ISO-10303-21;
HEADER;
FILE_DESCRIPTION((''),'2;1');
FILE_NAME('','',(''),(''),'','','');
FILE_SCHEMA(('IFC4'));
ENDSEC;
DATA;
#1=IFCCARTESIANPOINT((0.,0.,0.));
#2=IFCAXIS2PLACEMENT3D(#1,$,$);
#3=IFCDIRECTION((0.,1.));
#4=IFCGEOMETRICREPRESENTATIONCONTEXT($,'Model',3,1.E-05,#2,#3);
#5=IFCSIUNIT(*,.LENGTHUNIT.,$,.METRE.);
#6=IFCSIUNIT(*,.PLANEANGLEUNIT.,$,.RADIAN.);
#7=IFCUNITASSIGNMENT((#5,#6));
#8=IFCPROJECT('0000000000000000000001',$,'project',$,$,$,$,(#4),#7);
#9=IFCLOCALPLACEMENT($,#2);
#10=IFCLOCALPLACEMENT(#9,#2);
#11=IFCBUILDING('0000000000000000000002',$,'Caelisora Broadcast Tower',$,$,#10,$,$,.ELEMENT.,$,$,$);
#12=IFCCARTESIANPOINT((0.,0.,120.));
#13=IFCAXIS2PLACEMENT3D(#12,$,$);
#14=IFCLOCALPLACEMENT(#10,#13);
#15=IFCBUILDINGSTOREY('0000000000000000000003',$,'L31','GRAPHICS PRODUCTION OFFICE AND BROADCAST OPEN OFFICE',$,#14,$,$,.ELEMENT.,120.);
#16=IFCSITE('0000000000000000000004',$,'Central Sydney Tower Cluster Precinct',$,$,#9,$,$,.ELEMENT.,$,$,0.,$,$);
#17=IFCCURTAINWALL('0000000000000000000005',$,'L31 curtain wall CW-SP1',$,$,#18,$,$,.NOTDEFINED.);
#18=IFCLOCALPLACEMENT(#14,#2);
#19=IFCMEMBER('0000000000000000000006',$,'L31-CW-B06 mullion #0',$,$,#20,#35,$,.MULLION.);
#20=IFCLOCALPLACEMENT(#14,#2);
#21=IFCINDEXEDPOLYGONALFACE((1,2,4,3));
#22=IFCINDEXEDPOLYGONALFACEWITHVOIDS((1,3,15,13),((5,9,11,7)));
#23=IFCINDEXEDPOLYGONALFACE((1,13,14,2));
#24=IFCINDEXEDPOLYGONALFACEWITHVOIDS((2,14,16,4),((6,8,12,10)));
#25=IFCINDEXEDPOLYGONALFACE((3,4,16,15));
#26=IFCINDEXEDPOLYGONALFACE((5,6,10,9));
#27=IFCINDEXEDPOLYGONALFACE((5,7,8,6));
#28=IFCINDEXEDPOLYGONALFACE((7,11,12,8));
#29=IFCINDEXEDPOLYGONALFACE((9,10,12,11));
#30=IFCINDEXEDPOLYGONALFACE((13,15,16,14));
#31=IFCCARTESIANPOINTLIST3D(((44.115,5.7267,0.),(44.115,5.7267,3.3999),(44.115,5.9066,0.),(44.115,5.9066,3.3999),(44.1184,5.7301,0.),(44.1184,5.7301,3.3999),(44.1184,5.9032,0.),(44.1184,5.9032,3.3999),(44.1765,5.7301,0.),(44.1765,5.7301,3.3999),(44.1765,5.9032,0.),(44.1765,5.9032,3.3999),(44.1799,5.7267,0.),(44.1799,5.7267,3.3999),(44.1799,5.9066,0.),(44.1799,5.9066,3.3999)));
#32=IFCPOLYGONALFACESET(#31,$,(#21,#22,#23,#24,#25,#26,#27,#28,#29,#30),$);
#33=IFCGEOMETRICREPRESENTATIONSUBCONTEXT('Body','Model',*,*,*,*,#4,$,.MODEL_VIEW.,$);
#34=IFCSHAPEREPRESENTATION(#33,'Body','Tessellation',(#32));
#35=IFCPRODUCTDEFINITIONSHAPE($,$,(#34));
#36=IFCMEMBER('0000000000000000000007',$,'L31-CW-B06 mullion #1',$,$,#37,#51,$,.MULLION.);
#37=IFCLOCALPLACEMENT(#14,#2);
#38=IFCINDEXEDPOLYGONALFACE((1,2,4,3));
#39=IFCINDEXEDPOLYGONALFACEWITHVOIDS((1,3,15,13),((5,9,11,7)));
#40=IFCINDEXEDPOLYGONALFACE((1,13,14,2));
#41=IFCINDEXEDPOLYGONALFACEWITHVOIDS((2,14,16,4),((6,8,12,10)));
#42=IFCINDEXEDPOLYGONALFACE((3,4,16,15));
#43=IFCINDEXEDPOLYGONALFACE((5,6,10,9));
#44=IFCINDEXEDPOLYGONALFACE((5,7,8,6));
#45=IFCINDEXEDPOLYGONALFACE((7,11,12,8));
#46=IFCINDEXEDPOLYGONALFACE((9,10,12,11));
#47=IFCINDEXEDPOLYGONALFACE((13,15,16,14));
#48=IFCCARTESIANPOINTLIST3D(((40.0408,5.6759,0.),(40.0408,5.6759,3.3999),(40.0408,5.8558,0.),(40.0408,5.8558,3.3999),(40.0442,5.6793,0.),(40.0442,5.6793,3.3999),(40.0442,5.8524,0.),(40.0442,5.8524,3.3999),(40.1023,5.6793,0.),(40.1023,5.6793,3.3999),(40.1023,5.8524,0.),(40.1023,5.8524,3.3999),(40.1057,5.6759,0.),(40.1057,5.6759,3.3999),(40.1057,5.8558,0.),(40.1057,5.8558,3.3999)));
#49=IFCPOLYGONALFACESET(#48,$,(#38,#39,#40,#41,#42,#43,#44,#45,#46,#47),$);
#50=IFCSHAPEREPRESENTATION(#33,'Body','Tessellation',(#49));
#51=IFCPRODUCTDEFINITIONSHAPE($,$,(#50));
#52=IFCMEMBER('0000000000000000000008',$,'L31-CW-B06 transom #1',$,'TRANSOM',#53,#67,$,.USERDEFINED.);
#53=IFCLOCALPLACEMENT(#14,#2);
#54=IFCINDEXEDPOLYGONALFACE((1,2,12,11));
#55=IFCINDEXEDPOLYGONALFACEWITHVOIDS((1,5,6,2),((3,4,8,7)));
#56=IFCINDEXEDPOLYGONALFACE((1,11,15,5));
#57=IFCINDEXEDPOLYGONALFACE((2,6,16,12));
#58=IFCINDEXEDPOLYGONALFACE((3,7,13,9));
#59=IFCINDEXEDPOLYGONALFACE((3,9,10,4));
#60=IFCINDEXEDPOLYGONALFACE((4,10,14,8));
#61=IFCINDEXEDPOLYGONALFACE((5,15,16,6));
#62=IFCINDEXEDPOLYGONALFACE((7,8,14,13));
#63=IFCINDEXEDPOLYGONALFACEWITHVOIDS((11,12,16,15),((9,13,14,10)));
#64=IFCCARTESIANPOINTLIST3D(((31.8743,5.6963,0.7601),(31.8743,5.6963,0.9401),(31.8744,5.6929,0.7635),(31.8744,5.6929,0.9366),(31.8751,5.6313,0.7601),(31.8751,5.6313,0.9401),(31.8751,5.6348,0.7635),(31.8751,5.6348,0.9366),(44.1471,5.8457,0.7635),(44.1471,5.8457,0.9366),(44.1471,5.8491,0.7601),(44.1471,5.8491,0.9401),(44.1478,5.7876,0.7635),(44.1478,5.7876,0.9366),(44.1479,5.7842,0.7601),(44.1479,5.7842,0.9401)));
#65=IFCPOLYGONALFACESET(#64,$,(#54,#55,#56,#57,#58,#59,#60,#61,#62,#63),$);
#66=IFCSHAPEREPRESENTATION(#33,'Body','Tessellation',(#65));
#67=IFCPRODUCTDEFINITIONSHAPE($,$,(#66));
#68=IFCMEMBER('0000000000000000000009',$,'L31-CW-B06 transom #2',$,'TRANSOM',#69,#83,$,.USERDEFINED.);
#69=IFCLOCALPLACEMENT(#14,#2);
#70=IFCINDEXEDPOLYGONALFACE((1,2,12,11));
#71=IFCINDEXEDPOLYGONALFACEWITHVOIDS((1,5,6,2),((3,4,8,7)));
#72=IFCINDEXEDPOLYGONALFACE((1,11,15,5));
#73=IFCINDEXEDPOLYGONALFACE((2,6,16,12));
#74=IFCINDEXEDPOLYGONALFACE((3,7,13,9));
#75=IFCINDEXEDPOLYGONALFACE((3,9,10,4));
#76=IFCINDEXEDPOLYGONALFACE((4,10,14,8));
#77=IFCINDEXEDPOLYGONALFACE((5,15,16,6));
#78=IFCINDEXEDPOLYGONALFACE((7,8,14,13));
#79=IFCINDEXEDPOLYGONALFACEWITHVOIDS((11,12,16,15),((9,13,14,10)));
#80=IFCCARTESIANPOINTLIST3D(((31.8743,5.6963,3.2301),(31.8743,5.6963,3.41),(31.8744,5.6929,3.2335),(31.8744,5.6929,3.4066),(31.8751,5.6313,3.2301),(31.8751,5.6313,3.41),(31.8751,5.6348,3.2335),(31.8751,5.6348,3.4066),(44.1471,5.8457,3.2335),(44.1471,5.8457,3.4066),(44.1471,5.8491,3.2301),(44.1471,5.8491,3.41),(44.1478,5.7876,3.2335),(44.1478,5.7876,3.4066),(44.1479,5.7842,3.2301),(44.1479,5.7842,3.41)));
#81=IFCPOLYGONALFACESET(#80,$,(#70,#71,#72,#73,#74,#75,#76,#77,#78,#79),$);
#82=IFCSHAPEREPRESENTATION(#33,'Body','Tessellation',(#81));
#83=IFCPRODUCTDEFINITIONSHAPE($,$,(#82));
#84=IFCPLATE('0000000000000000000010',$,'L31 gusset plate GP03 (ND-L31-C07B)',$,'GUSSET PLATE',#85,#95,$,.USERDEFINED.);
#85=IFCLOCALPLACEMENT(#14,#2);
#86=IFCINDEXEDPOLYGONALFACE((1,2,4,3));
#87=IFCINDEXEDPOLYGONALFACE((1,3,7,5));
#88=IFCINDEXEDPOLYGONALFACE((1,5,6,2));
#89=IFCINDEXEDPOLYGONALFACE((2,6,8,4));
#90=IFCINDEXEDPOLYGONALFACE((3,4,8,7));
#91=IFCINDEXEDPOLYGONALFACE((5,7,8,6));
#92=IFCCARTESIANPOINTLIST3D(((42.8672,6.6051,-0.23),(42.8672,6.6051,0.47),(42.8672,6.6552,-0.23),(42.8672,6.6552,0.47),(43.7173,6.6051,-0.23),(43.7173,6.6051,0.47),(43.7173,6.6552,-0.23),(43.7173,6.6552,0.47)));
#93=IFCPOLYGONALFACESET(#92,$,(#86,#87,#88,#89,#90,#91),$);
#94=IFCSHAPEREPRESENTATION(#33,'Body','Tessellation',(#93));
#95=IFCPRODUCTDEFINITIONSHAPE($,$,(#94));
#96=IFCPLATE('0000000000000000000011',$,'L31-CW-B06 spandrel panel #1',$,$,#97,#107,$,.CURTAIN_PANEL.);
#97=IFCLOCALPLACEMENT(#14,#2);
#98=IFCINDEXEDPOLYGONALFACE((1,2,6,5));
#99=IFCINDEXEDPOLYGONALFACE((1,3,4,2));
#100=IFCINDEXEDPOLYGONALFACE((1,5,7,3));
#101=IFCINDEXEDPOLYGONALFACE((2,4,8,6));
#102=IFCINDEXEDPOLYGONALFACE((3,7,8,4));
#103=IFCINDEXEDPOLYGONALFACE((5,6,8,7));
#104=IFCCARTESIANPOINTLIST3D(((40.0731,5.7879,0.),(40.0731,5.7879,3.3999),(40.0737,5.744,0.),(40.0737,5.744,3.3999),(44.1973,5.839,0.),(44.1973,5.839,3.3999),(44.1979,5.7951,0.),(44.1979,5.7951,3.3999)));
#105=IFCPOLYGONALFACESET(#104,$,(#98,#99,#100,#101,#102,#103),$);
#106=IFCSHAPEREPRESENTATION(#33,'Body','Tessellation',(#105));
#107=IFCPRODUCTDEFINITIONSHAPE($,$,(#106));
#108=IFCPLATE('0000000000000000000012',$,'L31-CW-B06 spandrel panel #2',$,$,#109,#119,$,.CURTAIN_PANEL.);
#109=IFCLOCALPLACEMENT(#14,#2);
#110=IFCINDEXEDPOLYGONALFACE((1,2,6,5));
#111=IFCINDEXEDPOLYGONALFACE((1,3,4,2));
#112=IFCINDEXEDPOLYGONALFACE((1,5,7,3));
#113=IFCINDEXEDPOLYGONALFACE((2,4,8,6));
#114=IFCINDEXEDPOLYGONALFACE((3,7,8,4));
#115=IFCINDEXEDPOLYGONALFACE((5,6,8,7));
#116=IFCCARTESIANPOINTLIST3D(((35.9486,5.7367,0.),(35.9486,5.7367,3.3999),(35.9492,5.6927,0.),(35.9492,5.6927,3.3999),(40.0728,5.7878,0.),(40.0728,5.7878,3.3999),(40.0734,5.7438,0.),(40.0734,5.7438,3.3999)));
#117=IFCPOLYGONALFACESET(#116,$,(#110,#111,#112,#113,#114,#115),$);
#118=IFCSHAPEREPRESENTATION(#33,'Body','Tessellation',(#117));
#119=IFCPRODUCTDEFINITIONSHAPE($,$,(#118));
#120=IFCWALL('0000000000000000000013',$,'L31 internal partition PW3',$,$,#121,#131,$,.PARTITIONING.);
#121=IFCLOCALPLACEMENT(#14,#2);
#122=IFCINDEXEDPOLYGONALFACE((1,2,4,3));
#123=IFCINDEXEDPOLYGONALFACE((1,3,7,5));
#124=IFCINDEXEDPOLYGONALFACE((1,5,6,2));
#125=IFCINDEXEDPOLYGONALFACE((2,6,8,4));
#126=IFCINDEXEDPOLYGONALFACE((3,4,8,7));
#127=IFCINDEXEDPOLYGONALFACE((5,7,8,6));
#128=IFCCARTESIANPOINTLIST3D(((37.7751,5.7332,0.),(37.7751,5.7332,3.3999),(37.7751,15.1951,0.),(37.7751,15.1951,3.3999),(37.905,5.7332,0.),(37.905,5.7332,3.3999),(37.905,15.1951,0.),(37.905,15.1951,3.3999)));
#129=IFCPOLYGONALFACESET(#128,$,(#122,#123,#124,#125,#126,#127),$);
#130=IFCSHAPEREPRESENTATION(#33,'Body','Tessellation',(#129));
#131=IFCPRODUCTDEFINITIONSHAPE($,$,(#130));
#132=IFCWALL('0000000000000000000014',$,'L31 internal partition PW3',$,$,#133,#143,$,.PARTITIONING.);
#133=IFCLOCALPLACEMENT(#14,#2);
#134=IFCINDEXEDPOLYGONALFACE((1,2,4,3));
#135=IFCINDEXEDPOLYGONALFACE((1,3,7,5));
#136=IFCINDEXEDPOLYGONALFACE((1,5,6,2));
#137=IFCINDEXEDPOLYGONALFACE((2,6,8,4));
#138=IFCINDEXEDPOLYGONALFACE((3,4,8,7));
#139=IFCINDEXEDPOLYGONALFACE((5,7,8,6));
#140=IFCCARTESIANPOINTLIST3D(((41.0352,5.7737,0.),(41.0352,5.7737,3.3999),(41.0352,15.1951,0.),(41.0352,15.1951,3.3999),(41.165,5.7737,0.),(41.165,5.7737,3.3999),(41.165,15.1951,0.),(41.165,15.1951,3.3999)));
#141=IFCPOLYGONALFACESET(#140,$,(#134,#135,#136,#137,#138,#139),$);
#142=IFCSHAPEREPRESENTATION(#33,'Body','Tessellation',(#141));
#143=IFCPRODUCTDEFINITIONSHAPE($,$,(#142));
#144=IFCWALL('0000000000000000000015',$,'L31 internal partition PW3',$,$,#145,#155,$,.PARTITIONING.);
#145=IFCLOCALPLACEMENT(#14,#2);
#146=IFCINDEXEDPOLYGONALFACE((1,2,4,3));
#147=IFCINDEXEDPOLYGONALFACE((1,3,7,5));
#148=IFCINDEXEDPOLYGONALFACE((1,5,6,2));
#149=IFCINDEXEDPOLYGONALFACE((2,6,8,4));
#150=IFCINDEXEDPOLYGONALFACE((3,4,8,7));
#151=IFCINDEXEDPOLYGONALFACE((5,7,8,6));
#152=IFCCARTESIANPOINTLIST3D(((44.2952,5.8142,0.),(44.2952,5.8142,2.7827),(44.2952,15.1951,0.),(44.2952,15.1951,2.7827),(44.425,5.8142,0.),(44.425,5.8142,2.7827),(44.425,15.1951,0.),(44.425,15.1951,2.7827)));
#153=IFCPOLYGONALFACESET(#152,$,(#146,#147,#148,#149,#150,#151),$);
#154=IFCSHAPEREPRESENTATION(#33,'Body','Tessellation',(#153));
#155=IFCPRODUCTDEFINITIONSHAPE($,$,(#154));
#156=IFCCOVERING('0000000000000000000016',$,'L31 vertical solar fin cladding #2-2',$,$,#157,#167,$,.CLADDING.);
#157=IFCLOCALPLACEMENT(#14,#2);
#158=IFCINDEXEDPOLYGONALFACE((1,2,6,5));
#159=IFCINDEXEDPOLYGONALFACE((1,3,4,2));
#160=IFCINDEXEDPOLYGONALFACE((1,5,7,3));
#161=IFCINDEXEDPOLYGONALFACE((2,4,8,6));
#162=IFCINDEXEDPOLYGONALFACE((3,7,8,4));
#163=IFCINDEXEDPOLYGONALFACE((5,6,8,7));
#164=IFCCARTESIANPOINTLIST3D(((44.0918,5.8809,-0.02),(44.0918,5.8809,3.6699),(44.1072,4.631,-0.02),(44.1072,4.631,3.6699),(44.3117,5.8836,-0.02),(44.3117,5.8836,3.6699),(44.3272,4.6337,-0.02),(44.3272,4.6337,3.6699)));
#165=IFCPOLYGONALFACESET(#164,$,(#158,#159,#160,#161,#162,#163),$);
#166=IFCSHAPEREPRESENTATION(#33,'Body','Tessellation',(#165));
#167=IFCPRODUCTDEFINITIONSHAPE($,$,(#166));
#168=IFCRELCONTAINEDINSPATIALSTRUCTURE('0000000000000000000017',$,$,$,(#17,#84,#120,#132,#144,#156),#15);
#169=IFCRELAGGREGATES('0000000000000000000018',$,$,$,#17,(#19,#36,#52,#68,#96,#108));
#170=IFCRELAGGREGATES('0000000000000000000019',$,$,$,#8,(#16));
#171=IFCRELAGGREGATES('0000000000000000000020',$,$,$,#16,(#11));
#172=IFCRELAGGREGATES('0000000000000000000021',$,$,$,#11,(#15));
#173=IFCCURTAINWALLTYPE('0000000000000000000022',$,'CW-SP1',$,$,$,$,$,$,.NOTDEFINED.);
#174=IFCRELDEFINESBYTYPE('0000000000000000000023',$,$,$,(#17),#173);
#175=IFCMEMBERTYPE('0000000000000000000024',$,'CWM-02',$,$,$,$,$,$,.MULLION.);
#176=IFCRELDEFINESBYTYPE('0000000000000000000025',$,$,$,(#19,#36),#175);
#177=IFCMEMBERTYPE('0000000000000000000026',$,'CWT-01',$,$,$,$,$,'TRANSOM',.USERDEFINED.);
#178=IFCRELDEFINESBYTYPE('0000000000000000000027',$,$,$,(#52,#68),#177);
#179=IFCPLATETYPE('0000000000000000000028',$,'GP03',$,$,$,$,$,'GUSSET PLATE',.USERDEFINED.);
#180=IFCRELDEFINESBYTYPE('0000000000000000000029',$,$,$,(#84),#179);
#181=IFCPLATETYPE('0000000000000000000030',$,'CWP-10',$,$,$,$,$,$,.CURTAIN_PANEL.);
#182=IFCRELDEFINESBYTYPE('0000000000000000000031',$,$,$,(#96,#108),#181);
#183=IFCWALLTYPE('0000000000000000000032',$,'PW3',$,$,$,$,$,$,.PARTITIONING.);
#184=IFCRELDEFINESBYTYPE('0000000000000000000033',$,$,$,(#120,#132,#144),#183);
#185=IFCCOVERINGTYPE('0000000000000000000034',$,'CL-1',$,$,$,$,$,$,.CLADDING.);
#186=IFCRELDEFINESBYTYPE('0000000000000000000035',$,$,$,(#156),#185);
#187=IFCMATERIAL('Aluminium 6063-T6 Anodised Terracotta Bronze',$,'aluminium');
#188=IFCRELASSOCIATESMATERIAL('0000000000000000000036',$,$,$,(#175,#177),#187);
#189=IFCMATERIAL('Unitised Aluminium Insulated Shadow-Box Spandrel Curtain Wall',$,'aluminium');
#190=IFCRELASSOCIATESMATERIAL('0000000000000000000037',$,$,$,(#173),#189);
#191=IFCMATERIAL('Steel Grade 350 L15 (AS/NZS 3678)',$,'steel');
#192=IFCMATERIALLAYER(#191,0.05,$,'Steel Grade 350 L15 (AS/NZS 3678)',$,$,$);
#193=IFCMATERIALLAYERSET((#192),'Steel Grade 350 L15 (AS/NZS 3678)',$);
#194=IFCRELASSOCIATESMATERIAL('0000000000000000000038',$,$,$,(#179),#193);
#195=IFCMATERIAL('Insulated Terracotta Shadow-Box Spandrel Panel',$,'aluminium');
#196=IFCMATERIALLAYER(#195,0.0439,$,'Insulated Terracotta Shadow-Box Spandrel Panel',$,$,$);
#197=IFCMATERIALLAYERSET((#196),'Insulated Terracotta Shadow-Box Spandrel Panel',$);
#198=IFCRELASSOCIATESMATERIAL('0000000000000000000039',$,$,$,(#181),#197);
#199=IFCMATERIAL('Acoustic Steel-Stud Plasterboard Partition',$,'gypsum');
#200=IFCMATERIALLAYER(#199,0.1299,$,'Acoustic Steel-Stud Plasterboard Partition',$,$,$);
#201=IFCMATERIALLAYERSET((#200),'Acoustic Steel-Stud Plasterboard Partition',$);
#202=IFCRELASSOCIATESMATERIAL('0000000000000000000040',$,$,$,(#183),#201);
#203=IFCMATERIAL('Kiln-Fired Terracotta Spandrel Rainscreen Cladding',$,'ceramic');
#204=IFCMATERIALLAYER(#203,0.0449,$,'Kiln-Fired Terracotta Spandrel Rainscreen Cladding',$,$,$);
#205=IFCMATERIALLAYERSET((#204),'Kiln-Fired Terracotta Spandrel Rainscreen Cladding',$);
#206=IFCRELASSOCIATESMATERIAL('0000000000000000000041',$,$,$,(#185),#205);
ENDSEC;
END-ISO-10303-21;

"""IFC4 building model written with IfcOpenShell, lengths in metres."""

from ifc_helpers import new_model, si_unit, direction, frame, frame_2d, origin, origin_2d, place, context, subcontext, project, spatial, rectangle, hollow_rectangle, extrude, source, transform, mapped, material, layer, layer_set, material_profile, profile_set, type_object, type_shapes, element, aggregate, save


model = new_model("IFC4")

# Units and contexts
model_context = context("Model", 3, precision=1e-05, world=origin(), true_north=direction((0.0, 1.0)))
body_context = subcontext(model_context, "Body", "Model", "MODEL_VIEW")
ifc_project = project(units=[si_unit("LENGTHUNIT", "METRE"), si_unit("PLANEANGLEUNIT", "RADIAN")], contexts=[model_context])

# Site, building, storey
site_placement = place(None, origin())
site = spatial("IfcSite", under=ifc_project, at=site_placement, Name="Central Sydney Tower Cluster Precinct", CompositionType="ELEMENT", RefElevation=0.0)
building_placement = place(site_placement, origin())
building = spatial("IfcBuilding", under=site, at=building_placement, Name="Caelisora Broadcast Tower", CompositionType="ELEMENT")
storey_placement = place(building_placement, frame((0.0, 0.0, 120.0)))
storey = spatial("IfcBuildingStorey", under=building, at=storey_placement, Name="L31", Description="GRAPHICS PRODUCTION OFFICE AND BROADCAST OPEN OFFICE", CompositionType="ELEMENT", Elevation=120.0)

# Shared definitions
ifc_material_1 = material(Name="Steel Grade 350 L15 (AS/NZS 3678)", Category="steel")

# Shared definitions
ifc_material_2 = material(Name="Aluminium 6063-T6 Anodised Terracotta Bronze", Category="aluminium")
ifc_material_profile_1 = material_profile(ifc_material_2, hollow_rectangle(XDim=0.0649, YDim=0.1799, WallThickness=0.0034, at=origin_2d()), Name="Aluminium 6063-T6 Anodised Terracotta Bronze")
ifc_profile_set_1 = profile_set([ifc_material_profile_1], Name="Aluminium 6063-T6 Anodised Terracotta Bronze")
member_type_1 = type_object("IfcMemberType", Name="CWM-02", PredefinedType="MULLION", material=ifc_profile_set_1)
shared_shape_1 = source(origin(), body_context, "Body", "SweptSolid", [
    extrude(hollow_rectangle(XDim=0.0649, YDim=0.1799, WallThickness=0.0034, at=origin_2d()), origin(), (0.0, 0.0, 1.0), 3.3999),
])
type_shapes(member_type_1, [shared_shape_1])

# Curtain wall, members
ifc_material_3 = material(Name="Unitised Aluminium Insulated Shadow-Box Spandrel Curtain Wall", Category="aluminium")
curtain_wall_type_1 = type_object("IfcCurtainWallType", Name="CW-SP1", PredefinedType="NOTDEFINED", material=ifc_material_3)
curtain_wall_1_placement = place(storey_placement, origin())
curtain_wall_1 = element("IfcCurtainWall", 1, at=curtain_wall_1_placement, inside=storey, type_object=curtain_wall_type_1, Name="L31 curtain wall CW-SP1", PredefinedType="NOTDEFINED")
member_1_placement = place(storey_placement, frame((44.1475, 5.8167, 0.0), z_axis=(0.0, 0.0, 1.0), x_axis=(1.0, 0.0, 0.0)))
member_1 = element("IfcMember", 2, at=member_1_placement, type_object=member_type_1, Name="L31-CW-B06 mullion #0", PredefinedType="MULLION", context=body_context, shape_type="MappedRepresentation", body=[
    mapped(shared_shape_1, transform((0.0, 0.0, 0.0), scale=1.0)),
])
member_2_placement = place(storey_placement, frame((40.0732, 5.7659, 0.0), z_axis=(0.0, 0.0, 1.0), x_axis=(1.0, 0.0, 0.0)))
member_2 = element("IfcMember", 3, at=member_2_placement, type_object=member_type_1, Name="L31-CW-B06 mullion #1", PredefinedType="MULLION", context=body_context, shape_type="MappedRepresentation", body=[
    mapped(shared_shape_1, transform((0.0, 0.0, 0.0), scale=1.0)),
])
ifc_material_profile_2 = material_profile(ifc_material_2, hollow_rectangle(XDim=0.0649, YDim=0.1799, WallThickness=0.0034, at=origin_2d()), Name="Aluminium 6063-T6 Anodised Terracotta Bronze")
ifc_profile_set_2 = profile_set([ifc_material_profile_2], Name="Aluminium 6063-T6 Anodised Terracotta Bronze")
member_type_2 = type_object("IfcMemberType", Name="CWT-01", ElementType="TRANSOM", PredefinedType="USERDEFINED", material=ifc_profile_set_2)
shared_shape_2 = source(origin(), body_context, "Body", "SweptSolid", [
    extrude(hollow_rectangle(XDim=0.0649, YDim=0.1799, WallThickness=0.0034, at=origin_2d()), origin(), (0.0, 0.0, 1.0), 12.2737),
])
type_shapes(member_type_2, [shared_shape_2])
member_3_placement = place(storey_placement, frame((44.1475, 5.8167, 0.8501), z_axis=(-0.999922, -0.012452, 0.0), x_axis=(0.012452, -0.999922, 0.0)))
member_3 = element("IfcMember", 4, at=member_3_placement, type_object=member_type_2, Name="L31-CW-B06 transom #1", ObjectType="TRANSOM", PredefinedType="USERDEFINED", context=body_context, shape_type="MappedRepresentation", body=[
    mapped(shared_shape_2, transform((0.0, 0.0, 0.0), scale=1.0)),
])
member_4_placement = place(storey_placement, frame((44.1475, 5.8167, 3.3201), z_axis=(-0.999922, -0.012452, 0.0), x_axis=(0.012452, -0.999922, 0.0)))
member_4 = element("IfcMember", 5, at=member_4_placement, type_object=member_type_2, Name="L31-CW-B06 transom #2", ObjectType="TRANSOM", PredefinedType="USERDEFINED", context=body_context, shape_type="MappedRepresentation", body=[
    mapped(shared_shape_2, transform((0.0, 0.0, 0.0), scale=1.0)),
])

# Plates
ifc_layer_1 = layer(ifc_material_1, 0.05, Name="Steel Grade 350 L15 (AS/NZS 3678)")
ifc_layer_set_1 = layer_set([ifc_layer_1], Name="Steel Grade 350 L15 (AS/NZS 3678)")
plate_type_1 = type_object("IfcPlateType", Name="GP03", ElementType="GUSSET PLATE", PredefinedType="USERDEFINED", material=ifc_layer_set_1)
shared_shape_3 = source(origin(), body_context, "Body", "SweptSolid", [
    extrude(rectangle(XDim=0.8501, YDim=0.05, at=origin_2d()), origin(), (0.0, 0.0, 1.0), 0.7),
])
type_shapes(plate_type_1, [shared_shape_3])
plate_1_placement = place(storey_placement, frame((43.2922, 6.6301, -0.23), z_axis=(0.0, 0.0, 1.0), x_axis=(1.0, 0.0, 0.0)))
element("IfcPlate", 6, at=plate_1_placement, inside=storey, type_object=plate_type_1, Name="L31 gusset plate GP03 (ND-L31-C07B)", ObjectType="GUSSET PLATE", PredefinedType="USERDEFINED", context=body_context, shape_type="MappedRepresentation", body=[
    mapped(shared_shape_3, transform((0.0, 0.0, 0.0), scale=1.0)),
])
ifc_material_4 = material(Name="Insulated Terracotta Shadow-Box Spandrel Panel", Category="aluminium")
ifc_layer_2 = layer(ifc_material_4, 0.0439, Name="Insulated Terracotta Shadow-Box Spandrel Panel")
ifc_layer_set_2 = layer_set([ifc_layer_2], Name="Insulated Terracotta Shadow-Box Spandrel Panel")
plate_type_2 = type_object("IfcPlateType", Name="CWP-10", PredefinedType="CURTAIN_PANEL", material=ifc_layer_set_2)
shared_shape_4 = source(origin(), body_context, "Body", "SweptSolid", [
    extrude(rectangle(XDim=4.1245, YDim=0.0439, at=origin_2d()), origin(), (0.0, 0.0, 1.0), 3.3999),
])
type_shapes(plate_type_2, [shared_shape_4])
plate_2_placement = place(storey_placement, frame((42.1355, 5.7915, 0.0), z_axis=(0.0, 0.0, 1.0), x_axis=(-0.999923, -0.012392, 0.0)))
plate_2 = element("IfcPlate", 7, at=plate_2_placement, type_object=plate_type_2, Name="L31-CW-B06 spandrel panel #1", PredefinedType="CURTAIN_PANEL", context=body_context, shape_type="MappedRepresentation", body=[
    mapped(shared_shape_4, transform((0.0, 0.0, 0.0), scale=1.0)),
])
plate_3_placement = place(storey_placement, frame((38.011, 5.7402, 0.0), z_axis=(0.0, 0.0, 1.0), x_axis=(-0.999923, -0.012392, 0.0)))
plate_3 = element("IfcPlate", 8, at=plate_3_placement, type_object=plate_type_2, Name="L31-CW-B06 spandrel panel #2", PredefinedType="CURTAIN_PANEL", context=body_context, shape_type="MappedRepresentation", body=[
    mapped(shared_shape_4, transform((0.0, 0.0, 0.0), scale=1.0)),
])
aggregate(curtain_wall_1, [member_1, member_2, member_3, member_4, plate_2, plate_3])

# Walls
ifc_material_5 = material(Name="Acoustic Steel-Stud Plasterboard Partition", Category="gypsum")
ifc_layer_3 = layer(ifc_material_5, 0.1299, Name="Acoustic Steel-Stud Plasterboard Partition")
ifc_layer_set_3 = layer_set([ifc_layer_3], Name="Acoustic Steel-Stud Plasterboard Partition")
wall_type = type_object("IfcWallType", Name="PW3", PredefinedType="PARTITIONING", material=ifc_layer_set_3)
wall_1_placement = place(storey_placement, frame((37.8401, 5.7332, 0.0), z_axis=(0.0, 0.0, 1.0), x_axis=(0.0, 1.0, 0.0)))
element("IfcWall", 9, at=wall_1_placement, inside=storey, type_object=wall_type, Name="L31 internal partition PW3", PredefinedType="PARTITIONING", context=body_context, shape_type="SweptSolid", body=[
    extrude(rectangle(XDim=9.4619, YDim=0.1299, at=frame_2d((4.731, 0.0))), origin(), (0.0, 0.0, 1.0), 3.3999),
])
wall_2_placement = place(storey_placement, frame((41.1001, 5.7737, 0.0), z_axis=(0.0, 0.0, 1.0), x_axis=(0.0, 1.0, 0.0)))
element("IfcWall", 10, at=wall_2_placement, inside=storey, type_object=wall_type, Name="L31 internal partition PW3", PredefinedType="PARTITIONING", context=body_context, shape_type="SweptSolid", body=[
    extrude(rectangle(XDim=9.4214, YDim=0.1299, at=frame_2d((4.7107, 0.0))), origin(), (0.0, 0.0, 1.0), 3.3999),
])
wall_3_placement = place(storey_placement, frame((44.3601, 5.8142, 0.0), z_axis=(0.0, 0.0, 1.0), x_axis=(0.0, 1.0, 0.0)))
element("IfcWall", 11, at=wall_3_placement, inside=storey, type_object=wall_type, Name="L31 internal partition PW3", PredefinedType="PARTITIONING", context=body_context, shape_type="SweptSolid", body=[
    extrude(rectangle(XDim=9.3809, YDim=0.1299, at=frame_2d((4.6904, 0.0))), origin(), (0.0, 0.0, 1.0), 2.7827),
])

# Covering
ifc_material_6 = material(Name="Kiln-Fired Terracotta Spandrel Rainscreen Cladding", Category="ceramic")
ifc_layer_4 = layer(ifc_material_6, 0.0449, Name="Kiln-Fired Terracotta Spandrel Rainscreen Cladding")
ifc_layer_set_4 = layer_set([ifc_layer_4], Name="Kiln-Fired Terracotta Spandrel Rainscreen Cladding")
covering_type = type_object("IfcCoveringType", Name="CL-1", PredefinedType="CLADDING", material=ifc_layer_set_4)
shared_shape_5 = source(origin(), body_context, "Body", "SweptSolid", [
    extrude(rectangle(XDim=0.22, YDim=1.25, at=origin_2d()), origin(), (0.0, 0.0, 1.0), 3.6899),
])
type_shapes(covering_type, [shared_shape_5])
covering_placement = place(storey_placement, frame((44.2095, 5.2573, -0.02), z_axis=(0.0, 0.0, 1.0), x_axis=(-0.999923, -0.012392, 0.0)))
element("IfcCovering", 12, at=covering_placement, inside=storey, type_object=covering_type, Name="L31 vertical solar fin cladding #2-2", PredefinedType="CLADDING", context=body_context, shape_type="MappedRepresentation", body=[
    mapped(shared_shape_5, transform((0.0, 0.0, 0.0), scale=1.0)),
])

save(model, "model.ifc")
